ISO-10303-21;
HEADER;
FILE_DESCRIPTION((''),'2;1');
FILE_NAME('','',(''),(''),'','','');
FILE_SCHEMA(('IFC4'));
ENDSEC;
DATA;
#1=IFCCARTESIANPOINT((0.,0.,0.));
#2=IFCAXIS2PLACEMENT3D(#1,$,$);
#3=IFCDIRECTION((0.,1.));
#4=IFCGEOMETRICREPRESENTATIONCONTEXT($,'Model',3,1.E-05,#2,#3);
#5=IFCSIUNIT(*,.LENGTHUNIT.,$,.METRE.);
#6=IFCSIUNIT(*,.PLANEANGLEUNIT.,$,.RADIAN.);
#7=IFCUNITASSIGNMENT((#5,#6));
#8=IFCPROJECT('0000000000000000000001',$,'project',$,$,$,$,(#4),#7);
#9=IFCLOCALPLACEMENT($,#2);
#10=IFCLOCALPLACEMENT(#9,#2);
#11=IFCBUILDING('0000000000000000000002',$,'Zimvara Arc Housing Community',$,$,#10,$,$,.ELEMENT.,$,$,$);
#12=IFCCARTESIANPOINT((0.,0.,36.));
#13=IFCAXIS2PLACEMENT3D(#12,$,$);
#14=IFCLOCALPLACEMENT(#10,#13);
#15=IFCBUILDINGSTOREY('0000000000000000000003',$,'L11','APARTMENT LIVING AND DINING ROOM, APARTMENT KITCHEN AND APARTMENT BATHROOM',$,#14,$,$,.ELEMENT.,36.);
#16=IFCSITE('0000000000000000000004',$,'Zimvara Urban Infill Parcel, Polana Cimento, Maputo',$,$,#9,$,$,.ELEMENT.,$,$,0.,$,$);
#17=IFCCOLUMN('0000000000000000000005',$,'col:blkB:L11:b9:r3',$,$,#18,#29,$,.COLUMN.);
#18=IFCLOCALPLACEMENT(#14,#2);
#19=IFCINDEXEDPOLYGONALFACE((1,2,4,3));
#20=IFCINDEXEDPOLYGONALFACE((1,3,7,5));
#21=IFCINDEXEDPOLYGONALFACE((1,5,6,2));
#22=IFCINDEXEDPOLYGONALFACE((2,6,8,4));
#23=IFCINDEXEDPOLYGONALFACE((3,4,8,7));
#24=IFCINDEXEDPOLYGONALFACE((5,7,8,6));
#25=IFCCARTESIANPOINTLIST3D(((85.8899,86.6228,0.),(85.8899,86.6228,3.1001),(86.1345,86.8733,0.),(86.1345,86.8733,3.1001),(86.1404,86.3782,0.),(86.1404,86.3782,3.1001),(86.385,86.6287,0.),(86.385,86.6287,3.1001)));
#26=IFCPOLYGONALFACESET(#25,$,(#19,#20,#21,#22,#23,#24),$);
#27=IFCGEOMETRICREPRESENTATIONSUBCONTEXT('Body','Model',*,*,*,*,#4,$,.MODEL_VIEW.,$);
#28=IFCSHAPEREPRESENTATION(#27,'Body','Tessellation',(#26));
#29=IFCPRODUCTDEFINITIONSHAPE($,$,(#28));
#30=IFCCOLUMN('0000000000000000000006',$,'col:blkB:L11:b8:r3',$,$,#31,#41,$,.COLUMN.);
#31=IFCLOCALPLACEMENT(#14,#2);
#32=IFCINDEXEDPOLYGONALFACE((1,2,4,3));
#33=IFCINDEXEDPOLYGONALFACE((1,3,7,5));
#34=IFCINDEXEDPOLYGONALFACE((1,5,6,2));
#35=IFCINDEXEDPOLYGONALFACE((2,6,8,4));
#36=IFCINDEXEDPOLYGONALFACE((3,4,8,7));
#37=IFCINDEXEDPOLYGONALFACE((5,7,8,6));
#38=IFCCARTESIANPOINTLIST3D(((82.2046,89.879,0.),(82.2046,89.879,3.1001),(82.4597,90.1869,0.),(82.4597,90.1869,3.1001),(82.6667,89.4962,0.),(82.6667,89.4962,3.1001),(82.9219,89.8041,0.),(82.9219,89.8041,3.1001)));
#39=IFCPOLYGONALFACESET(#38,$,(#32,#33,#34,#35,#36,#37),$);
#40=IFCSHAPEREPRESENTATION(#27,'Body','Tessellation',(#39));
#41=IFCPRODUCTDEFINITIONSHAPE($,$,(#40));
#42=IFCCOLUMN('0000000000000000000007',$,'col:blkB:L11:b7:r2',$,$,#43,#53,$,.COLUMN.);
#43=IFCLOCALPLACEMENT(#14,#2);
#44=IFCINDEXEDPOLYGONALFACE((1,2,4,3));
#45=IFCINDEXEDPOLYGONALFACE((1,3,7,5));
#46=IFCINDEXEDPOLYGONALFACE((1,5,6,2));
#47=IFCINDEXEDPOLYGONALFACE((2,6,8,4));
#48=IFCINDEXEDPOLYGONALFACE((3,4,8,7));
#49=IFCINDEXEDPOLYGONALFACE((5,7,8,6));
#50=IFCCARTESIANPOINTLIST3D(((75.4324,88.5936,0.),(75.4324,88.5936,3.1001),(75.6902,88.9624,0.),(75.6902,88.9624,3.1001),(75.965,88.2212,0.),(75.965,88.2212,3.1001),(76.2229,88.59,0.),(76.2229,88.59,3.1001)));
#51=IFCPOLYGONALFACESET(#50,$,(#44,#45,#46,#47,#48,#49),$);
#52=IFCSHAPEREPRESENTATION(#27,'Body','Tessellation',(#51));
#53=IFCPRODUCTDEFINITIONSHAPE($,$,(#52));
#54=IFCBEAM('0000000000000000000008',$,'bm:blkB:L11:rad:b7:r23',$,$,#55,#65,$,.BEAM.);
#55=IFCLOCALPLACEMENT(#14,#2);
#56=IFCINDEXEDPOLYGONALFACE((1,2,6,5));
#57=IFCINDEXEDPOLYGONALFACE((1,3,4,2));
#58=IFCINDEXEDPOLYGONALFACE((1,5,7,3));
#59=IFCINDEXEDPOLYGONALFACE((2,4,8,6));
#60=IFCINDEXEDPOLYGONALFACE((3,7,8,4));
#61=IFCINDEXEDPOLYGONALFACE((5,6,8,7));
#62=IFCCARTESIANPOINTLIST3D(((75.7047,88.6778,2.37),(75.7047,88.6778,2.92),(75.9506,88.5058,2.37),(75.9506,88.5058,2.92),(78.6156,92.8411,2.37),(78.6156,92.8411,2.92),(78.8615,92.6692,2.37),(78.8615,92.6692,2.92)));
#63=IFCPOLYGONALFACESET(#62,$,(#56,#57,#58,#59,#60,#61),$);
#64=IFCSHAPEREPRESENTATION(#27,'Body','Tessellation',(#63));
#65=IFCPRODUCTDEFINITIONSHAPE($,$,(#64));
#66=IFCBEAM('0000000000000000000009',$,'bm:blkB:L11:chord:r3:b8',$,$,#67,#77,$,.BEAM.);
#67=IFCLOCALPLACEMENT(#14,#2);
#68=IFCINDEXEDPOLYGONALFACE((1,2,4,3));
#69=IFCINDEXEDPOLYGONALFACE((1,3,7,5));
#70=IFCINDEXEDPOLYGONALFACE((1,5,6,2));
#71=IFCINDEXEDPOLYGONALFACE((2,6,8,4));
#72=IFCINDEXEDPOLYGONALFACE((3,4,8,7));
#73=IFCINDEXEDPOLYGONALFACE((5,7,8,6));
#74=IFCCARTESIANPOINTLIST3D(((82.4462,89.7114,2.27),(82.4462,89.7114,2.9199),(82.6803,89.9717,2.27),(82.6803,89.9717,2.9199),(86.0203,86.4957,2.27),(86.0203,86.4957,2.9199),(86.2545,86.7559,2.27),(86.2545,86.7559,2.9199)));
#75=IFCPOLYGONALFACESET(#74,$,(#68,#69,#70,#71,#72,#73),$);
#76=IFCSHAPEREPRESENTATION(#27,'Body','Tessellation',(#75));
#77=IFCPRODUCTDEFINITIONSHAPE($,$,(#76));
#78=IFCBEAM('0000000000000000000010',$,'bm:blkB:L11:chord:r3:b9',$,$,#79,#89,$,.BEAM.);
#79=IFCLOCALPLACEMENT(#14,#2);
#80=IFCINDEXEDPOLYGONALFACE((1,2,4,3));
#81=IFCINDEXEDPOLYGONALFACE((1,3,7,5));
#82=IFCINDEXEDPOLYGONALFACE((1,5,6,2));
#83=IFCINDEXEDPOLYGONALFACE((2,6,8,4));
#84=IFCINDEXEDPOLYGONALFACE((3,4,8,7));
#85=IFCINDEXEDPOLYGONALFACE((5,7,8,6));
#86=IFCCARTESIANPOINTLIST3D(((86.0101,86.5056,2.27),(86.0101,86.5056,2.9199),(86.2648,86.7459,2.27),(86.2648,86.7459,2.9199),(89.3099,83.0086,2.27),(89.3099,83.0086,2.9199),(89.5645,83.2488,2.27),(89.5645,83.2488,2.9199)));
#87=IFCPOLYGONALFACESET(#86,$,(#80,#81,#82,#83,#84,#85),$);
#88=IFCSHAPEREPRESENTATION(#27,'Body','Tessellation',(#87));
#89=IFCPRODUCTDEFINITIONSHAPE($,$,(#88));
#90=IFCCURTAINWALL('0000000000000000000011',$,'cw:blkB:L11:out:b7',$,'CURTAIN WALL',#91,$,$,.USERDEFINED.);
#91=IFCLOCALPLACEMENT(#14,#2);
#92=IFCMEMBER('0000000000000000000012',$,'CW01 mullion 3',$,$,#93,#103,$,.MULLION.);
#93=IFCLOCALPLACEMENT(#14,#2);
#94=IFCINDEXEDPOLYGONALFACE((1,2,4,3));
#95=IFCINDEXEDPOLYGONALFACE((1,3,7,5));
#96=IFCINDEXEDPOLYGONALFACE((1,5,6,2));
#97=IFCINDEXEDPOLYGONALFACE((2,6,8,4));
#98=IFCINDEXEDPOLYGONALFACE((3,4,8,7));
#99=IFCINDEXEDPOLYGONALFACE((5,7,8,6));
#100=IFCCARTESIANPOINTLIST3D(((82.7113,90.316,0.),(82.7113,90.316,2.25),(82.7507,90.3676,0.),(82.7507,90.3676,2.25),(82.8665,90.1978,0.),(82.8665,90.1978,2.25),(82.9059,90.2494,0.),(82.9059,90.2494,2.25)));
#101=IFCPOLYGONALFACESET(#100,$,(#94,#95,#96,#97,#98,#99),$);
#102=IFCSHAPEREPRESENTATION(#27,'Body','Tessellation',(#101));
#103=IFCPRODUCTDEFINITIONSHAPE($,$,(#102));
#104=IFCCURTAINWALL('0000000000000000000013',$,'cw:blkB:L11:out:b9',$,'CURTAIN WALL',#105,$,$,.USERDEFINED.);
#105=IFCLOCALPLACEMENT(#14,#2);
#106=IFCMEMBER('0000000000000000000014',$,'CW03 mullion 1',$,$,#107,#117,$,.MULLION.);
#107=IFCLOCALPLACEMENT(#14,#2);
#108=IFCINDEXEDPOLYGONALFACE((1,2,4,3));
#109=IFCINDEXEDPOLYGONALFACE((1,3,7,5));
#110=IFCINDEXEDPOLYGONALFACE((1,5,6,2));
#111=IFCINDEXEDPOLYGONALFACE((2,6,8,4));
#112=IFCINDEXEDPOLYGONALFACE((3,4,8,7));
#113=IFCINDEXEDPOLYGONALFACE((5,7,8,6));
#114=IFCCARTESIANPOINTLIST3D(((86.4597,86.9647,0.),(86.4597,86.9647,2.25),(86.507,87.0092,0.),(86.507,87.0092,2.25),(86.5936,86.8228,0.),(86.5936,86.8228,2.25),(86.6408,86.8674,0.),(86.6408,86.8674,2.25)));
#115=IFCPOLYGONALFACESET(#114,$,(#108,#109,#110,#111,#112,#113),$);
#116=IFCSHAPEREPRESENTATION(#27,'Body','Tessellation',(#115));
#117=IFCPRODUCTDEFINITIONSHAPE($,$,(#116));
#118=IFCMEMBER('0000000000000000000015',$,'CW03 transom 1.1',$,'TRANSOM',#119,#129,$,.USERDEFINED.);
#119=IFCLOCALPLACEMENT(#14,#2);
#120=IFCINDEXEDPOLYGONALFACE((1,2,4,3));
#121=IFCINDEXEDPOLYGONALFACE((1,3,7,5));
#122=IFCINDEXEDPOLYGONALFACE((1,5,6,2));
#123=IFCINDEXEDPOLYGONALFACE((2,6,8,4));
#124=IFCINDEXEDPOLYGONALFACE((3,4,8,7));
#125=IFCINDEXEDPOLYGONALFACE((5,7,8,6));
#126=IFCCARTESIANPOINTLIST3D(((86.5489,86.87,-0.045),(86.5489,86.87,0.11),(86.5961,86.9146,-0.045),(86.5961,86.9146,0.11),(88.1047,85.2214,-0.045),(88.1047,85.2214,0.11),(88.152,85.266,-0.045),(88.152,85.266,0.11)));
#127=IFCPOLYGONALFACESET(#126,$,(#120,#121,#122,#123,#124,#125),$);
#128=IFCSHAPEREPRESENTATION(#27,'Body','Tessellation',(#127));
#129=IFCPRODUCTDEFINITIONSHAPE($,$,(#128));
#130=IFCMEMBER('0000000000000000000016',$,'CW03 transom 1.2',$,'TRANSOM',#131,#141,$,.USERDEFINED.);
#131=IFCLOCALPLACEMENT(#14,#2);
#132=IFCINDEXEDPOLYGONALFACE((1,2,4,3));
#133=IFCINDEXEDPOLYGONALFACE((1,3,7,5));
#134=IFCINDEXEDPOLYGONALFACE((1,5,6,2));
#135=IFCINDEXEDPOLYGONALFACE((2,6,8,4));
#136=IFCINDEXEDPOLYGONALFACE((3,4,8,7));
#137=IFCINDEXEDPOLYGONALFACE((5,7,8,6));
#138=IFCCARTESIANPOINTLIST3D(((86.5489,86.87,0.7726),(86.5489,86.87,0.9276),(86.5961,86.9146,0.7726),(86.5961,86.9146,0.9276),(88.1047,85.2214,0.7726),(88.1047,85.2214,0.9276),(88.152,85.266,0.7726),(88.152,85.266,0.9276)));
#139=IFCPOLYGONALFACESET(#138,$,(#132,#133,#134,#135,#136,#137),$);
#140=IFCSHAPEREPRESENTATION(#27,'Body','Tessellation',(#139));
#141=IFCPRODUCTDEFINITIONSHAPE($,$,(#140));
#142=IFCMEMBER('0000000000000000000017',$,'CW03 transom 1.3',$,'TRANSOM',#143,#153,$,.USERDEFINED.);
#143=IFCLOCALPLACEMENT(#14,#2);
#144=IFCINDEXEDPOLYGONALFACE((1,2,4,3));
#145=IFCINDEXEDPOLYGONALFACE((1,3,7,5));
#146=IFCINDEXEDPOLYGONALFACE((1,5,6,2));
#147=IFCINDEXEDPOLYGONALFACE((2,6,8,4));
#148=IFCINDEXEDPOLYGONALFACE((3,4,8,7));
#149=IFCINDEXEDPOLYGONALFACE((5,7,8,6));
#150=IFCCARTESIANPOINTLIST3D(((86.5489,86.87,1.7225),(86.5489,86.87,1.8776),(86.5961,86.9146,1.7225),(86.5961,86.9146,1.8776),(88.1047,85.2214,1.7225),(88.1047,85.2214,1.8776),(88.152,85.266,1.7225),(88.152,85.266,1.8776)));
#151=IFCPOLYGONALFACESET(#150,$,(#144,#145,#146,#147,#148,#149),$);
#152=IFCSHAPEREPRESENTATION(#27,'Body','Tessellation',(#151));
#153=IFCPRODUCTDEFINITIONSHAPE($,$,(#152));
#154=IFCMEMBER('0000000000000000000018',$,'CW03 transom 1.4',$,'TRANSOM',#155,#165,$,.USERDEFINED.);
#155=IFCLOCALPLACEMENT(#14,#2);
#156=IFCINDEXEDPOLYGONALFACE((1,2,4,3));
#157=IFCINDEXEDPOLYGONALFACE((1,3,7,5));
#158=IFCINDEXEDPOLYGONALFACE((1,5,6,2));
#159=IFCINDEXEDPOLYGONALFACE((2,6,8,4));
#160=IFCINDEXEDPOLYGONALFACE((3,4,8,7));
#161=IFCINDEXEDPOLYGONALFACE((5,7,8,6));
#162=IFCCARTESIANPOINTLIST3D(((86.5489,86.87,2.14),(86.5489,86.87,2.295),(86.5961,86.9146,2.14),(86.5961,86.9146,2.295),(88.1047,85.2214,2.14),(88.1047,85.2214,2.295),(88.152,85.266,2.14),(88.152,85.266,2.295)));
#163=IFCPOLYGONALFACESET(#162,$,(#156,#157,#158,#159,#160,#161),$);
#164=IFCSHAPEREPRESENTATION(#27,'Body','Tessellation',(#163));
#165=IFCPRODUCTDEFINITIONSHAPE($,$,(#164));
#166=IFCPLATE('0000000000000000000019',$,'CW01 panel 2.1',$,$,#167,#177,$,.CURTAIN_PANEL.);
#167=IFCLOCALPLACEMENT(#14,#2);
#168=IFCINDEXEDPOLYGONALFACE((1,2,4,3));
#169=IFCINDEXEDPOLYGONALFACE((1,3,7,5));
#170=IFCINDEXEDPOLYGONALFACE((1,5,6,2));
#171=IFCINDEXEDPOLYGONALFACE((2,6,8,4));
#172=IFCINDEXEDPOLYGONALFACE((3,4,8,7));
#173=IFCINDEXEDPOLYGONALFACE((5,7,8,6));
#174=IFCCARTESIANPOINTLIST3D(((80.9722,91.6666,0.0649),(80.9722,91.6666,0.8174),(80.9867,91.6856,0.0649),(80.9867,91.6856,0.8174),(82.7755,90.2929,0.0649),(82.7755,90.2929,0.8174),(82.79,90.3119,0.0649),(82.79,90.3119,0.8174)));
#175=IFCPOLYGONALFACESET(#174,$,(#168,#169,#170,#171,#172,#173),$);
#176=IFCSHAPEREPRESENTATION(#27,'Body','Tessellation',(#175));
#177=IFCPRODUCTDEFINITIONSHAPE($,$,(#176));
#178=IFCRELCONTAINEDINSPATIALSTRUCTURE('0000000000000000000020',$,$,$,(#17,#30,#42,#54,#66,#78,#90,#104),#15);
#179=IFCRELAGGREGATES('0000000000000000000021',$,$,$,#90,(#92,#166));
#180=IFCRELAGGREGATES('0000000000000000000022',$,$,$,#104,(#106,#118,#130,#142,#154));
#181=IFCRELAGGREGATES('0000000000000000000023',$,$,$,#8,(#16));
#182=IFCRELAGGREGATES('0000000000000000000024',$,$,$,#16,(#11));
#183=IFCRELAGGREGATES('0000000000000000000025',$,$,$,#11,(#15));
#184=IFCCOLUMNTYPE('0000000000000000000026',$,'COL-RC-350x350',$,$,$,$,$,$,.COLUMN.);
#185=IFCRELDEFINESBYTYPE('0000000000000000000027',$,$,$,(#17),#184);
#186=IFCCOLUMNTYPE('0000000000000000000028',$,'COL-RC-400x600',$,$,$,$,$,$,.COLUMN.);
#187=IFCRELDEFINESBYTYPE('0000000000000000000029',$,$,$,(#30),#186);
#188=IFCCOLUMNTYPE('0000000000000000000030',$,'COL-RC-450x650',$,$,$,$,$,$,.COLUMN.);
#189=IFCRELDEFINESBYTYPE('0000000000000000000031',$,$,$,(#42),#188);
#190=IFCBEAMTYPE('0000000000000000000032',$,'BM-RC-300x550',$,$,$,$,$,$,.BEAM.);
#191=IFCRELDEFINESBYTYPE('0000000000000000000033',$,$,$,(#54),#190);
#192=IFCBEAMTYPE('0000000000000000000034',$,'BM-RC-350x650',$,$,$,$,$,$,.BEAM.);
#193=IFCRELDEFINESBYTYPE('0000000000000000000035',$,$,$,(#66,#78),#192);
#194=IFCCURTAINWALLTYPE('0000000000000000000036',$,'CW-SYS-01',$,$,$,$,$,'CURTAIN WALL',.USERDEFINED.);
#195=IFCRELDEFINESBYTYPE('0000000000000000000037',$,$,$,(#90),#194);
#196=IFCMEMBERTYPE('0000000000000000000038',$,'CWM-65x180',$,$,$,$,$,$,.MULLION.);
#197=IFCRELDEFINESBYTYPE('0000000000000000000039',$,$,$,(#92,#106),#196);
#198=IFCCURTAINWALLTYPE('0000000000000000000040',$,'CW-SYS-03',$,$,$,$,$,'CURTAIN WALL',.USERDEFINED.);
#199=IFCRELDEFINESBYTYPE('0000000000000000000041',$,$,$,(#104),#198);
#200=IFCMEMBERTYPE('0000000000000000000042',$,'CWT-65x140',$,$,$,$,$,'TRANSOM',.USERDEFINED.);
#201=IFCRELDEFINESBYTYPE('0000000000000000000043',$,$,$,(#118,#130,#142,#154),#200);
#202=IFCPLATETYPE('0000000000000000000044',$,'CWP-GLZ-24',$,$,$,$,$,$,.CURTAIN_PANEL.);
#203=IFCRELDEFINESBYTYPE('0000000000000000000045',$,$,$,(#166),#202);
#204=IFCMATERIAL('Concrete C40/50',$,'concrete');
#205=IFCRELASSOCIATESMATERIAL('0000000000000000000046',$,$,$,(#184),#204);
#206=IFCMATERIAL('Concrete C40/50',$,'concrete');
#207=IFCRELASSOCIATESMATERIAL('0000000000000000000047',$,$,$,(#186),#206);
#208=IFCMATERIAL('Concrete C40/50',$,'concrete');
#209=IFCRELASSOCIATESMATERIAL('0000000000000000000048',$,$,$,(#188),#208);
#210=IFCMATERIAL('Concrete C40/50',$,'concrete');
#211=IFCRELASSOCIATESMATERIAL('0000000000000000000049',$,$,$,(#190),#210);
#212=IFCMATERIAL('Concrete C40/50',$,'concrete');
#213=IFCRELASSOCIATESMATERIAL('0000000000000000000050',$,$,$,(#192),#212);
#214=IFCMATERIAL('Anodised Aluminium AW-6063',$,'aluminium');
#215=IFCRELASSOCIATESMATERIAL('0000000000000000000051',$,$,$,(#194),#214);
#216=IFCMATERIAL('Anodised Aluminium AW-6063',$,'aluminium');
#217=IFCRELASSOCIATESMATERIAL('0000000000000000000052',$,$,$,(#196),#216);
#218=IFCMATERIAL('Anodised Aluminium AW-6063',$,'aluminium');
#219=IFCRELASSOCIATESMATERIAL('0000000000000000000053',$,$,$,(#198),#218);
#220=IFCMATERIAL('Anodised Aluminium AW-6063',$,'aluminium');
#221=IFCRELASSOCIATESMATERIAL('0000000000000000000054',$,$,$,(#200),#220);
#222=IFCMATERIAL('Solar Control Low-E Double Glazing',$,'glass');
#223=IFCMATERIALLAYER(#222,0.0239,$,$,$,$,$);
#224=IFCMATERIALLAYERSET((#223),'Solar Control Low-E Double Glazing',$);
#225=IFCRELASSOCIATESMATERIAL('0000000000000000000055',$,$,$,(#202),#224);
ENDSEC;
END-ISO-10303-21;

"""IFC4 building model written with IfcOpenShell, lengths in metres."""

from ifc_helpers import new_model, si_unit, direction, frame, origin, origin_2d, place, context, subcontext, project, spatial, rectangle, extrude, material, layer, layer_set, material_profile, profile_set, type_object, element, aggregate, save


model = new_model("IFC4")

# Units and contexts
model_context = context("Model", 3, precision=1e-05, world=origin(), true_north=direction((0.0, 1.0)))
body_context = subcontext(model_context, "Body", "Model", "MODEL_VIEW")
ifc_project = project(units=[si_unit("LENGTHUNIT", "METRE"), si_unit("PLANEANGLEUNIT", "RADIAN")], contexts=[model_context])

# Site, building, storey
site_placement = place(None, origin())
site = spatial("IfcSite", under=ifc_project, at=site_placement, Name="Zimvara Urban Infill Parcel, Polana Cimento, Maputo", CompositionType="ELEMENT", RefElevation=0.0)
building_placement = place(site_placement, origin())
building = spatial("IfcBuilding", under=site, at=building_placement, Name="Zimvara Arc Housing Community", CompositionType="ELEMENT")
storey_placement = place(building_placement, frame((0.0, 0.0, 36.0)))
storey = spatial("IfcBuildingStorey", under=building, at=storey_placement, Name="L11", Description="APARTMENT LIVING AND DINING ROOM, APARTMENT KITCHEN AND APARTMENT BATHROOM", CompositionType="ELEMENT", Elevation=36.0)

# Columns
ifc_material_1 = material(Name="Concrete C40/50", Category="concrete")
ifc_material_profile_1 = material_profile(ifc_material_1, rectangle(XDim=0.3501, YDim=0.3501, at=origin_2d()), Name="RC 350x350")
ifc_profile_set_1 = profile_set([ifc_material_profile_1], Name="Concrete C40/50")
column_type_1 = type_object("IfcColumnType", Name="COL-RC-350x350", PredefinedType="COLUMN", material=ifc_profile_set_1)
column_1_placement = place(storey_placement, frame((86.1375, 86.6257, 0.0), z_axis=(0.0, 0.0, 1.0), x_axis=(0.698665, 0.715449, 0.0)))
element("IfcColumn", 1, at=column_1_placement, inside=storey, type_object=column_type_1, Name="col:blkB:L11:b9:r3", PredefinedType="COLUMN", context=body_context, shape_type="SweptSolid", body=[
    extrude(rectangle(XDim=0.3501, YDim=0.3501, at=origin_2d()), origin(), (0.0, 0.0, 1.0), 3.1001),
])
ifc_material_2 = material(Name="Concrete C40/50", Category="concrete")
ifc_material_profile_2 = material_profile(ifc_material_2, rectangle(XDim=0.3999, YDim=0.6001, at=origin_2d()), Name="RC 400x600")
ifc_profile_set_2 = profile_set([ifc_material_profile_2], Name="Concrete C40/50")
column_type_2 = type_object("IfcColumnType", Name="COL-RC-400x600", PredefinedType="COLUMN", material=ifc_profile_set_2)
column_2_placement = place(storey_placement, frame((82.5632, 89.8416, 0.0), z_axis=(0.0, 0.0, 1.0), x_axis=(0.637962, 0.770068, 0.0)))
element("IfcColumn", 2, at=column_2_placement, inside=storey, type_object=column_type_2, Name="col:blkB:L11:b8:r3", PredefinedType="COLUMN", context=body_context, shape_type="SweptSolid", body=[
    extrude(rectangle(XDim=0.3999, YDim=0.6001, at=origin_2d()), origin(), (0.0, 0.0, 1.0), 3.1001),
])
ifc_material_3 = material(Name="Concrete C40/50", Category="concrete")
ifc_material_profile_3 = material_profile(ifc_material_3, rectangle(XDim=0.45, YDim=0.6499, at=origin_2d()), Name="RC 450x650")
ifc_profile_set_3 = profile_set([ifc_material_profile_3], Name="Concrete C40/50")
column_type_3 = type_object("IfcColumnType", Name="COL-RC-450x650", PredefinedType="COLUMN", material=ifc_profile_set_3)
column_3_placement = place(storey_placement, frame((75.8276, 88.5918, 0.0), z_axis=(0.0, 0.0, 1.0), x_axis=(0.573004, 0.819552, 0.0)))
element("IfcColumn", 3, at=column_3_placement, inside=storey, type_object=column_type_3, Name="col:blkB:L11:b7:r2", PredefinedType="COLUMN", context=body_context, shape_type="SweptSolid", body=[
    extrude(rectangle(XDim=0.45, YDim=0.6499, at=origin_2d()), origin(), (0.0, 0.0, 1.0), 3.1001),
])

# Beams
ifc_material_4 = material(Name="Concrete C40/50", Category="concrete")
ifc_material_profile_4 = material_profile(ifc_material_4, rectangle(XDim=0.3, YDim=0.55, at=origin_2d()), Name="RC 300x550")
ifc_profile_set_4 = profile_set([ifc_material_profile_4], Name="Concrete C40/50")
beam_type_1 = type_object("IfcBeamType", Name="BM-RC-300x550", PredefinedType="BEAM", material=ifc_profile_set_4)
beam_1_placement = place(storey_placement, frame((75.8276, 88.5918, 2.645), z_axis=(0.573007, 0.81955, 0.0), x_axis=(-0.81955, 0.573007, 0.0)))
element("IfcBeam", 4, at=beam_1_placement, inside=storey, type_object=beam_type_1, Name="bm:blkB:L11:rad:b7:r23", PredefinedType="BEAM", context=body_context, shape_type="SweptSolid", body=[
    extrude(rectangle(XDim=0.3, YDim=0.55, at=origin_2d()), origin(), (0.0, 0.0, 1.0), 5.0801),
])
ifc_material_5 = material(Name="Concrete C40/50", Category="concrete")
ifc_material_profile_5 = material_profile(ifc_material_5, rectangle(XDim=0.3501, YDim=0.6499, at=origin_2d()), Name="RC 350x650")
ifc_profile_set_5 = profile_set([ifc_material_profile_5], Name="Concrete C40/50")
beam_type_2 = type_object("IfcBeamType", Name="BM-RC-350x650", PredefinedType="BEAM", material=ifc_profile_set_5)
beam_2_placement = place(storey_placement, frame((82.5632, 89.8416, 2.595), z_axis=(0.743395, -0.668853, 0.0), x_axis=(0.668853, 0.743395, 0.0)))
element("IfcBeam", 5, at=beam_2_placement, inside=storey, type_object=beam_type_2, Name="bm:blkB:L11:chord:r3:b8", PredefinedType="BEAM", context=body_context, shape_type="SweptSolid", body=[
    extrude(rectangle(XDim=0.3501, YDim=0.6499, at=origin_2d()), origin(), (0.0, 0.0, 1.0), 4.8079),
])
beam_3_placement = place(storey_placement, frame((86.1375, 86.6257, 2.595), z_axis=(0.686295, -0.727323, 0.0), x_axis=(0.727323, 0.686295, 0.0)))
element("IfcBeam", 6, at=beam_3_placement, inside=storey, type_object=beam_type_2, Name="bm:blkB:L11:chord:r3:b9", PredefinedType="BEAM", context=body_context, shape_type="SweptSolid", body=[
    extrude(rectangle(XDim=0.3501, YDim=0.6499, at=origin_2d()), origin(), (0.0, 0.0, 1.0), 4.8081),
])

# Curtain wall, member
ifc_material_6 = material(Name="Anodised Aluminium AW-6063", Category="aluminium")
curtain_wall_type_1 = type_object("IfcCurtainWallType", Name="CW-SYS-01", ElementType="CURTAIN WALL", PredefinedType="USERDEFINED", material=ifc_material_6)
curtain_wall_1_placement = place(storey_placement, origin())
curtain_wall_1 = element("IfcCurtainWall", 7, at=curtain_wall_1_placement, inside=storey, type_object=curtain_wall_type_1, Name="cw:blkB:L11:out:b7", ObjectType="CURTAIN WALL", PredefinedType="USERDEFINED")
ifc_material_7 = material(Name="Anodised Aluminium AW-6063", Category="aluminium")
ifc_material_profile_6 = material_profile(ifc_material_7, rectangle(XDim=0.0649, YDim=0.1951, at=origin_2d()), Name="ALU 65x195")
ifc_profile_set_6 = profile_set([ifc_material_profile_6], Name="Anodised Aluminium AW-6063")
member_type_1 = type_object("IfcMemberType", Name="CWM-65x180", PredefinedType="MULLION", material=ifc_profile_set_6)
member_1_placement = place(storey_placement, frame((82.8086, 90.2827, 0.0), z_axis=(0.0, 0.0, 1.0), x_axis=(0.605988, 0.795474, 0.0)))
member_1 = element("IfcMember", 8, at=member_1_placement, type_object=member_type_1, Name="CW01 mullion 3", PredefinedType="MULLION", context=body_context, shape_type="SweptSolid", body=[
    extrude(rectangle(XDim=0.0649, YDim=0.1951, at=origin_2d()), origin(), (0.0, 0.0, 1.0), 2.25),
])

# Curtain wall, members
ifc_material_8 = material(Name="Anodised Aluminium AW-6063", Category="aluminium")
curtain_wall_type_2 = type_object("IfcCurtainWallType", Name="CW-SYS-03", ElementType="CURTAIN WALL", PredefinedType="USERDEFINED", material=ifc_material_8)
curtain_wall_2_placement = place(storey_placement, origin())
curtain_wall_2 = element("IfcCurtainWall", 9, at=curtain_wall_2_placement, inside=storey, type_object=curtain_wall_type_2, Name="cw:blkB:L11:out:b9", ObjectType="CURTAIN WALL", PredefinedType="USERDEFINED")
member_2_placement = place(storey_placement, frame((86.5503, 86.916, 0.0), z_axis=(0.0, 0.0, 1.0), x_axis=(0.727294, 0.686326, 0.0)))
member_2 = element("IfcMember", 10, at=member_2_placement, type_object=member_type_1, Name="CW03 mullion 1", PredefinedType="MULLION", context=body_context, shape_type="SweptSolid", body=[
    extrude(rectangle(XDim=0.0649, YDim=0.1951, at=origin_2d()), origin(), (0.0, 0.0, 1.0), 2.25),
])
ifc_material_9 = material(Name="Anodised Aluminium AW-6063", Category="aluminium")
ifc_material_profile_7 = material_profile(ifc_material_9, rectangle(XDim=0.0649, YDim=0.155, at=origin_2d()), Name="ALU 65x155")
ifc_profile_set_7 = profile_set([ifc_material_profile_7], Name="Anodised Aluminium AW-6063")
member_type_2 = type_object("IfcMemberType", Name="CWT-65x140", ElementType="TRANSOM", PredefinedType="USERDEFINED", material=ifc_profile_set_7)
member_3_placement = place(storey_placement, frame((86.5725, 86.8923, 0.0325), z_axis=(0.686348, -0.727273, 0.0), x_axis=(0.727273, 0.686348, 0.0)))
member_3 = element("IfcMember", 11, at=member_3_placement, type_object=member_type_2, Name="CW03 transom 1.1", ObjectType="TRANSOM", PredefinedType="USERDEFINED", context=body_context, shape_type="SweptSolid", body=[
    extrude(rectangle(XDim=0.0649, YDim=0.155, at=origin_2d()), origin(), (0.0, 0.0, 1.0), 2.2668),
])
member_4_placement = place(storey_placement, frame((86.5725, 86.8923, 0.8501), z_axis=(0.686348, -0.727273, 0.0), x_axis=(0.727273, 0.686348, 0.0)))
member_4 = element("IfcMember", 12, at=member_4_placement, type_object=member_type_2, Name="CW03 transom 1.2", ObjectType="TRANSOM", PredefinedType="USERDEFINED", context=body_context, shape_type="SweptSolid", body=[
    extrude(rectangle(XDim=0.0649, YDim=0.155, at=origin_2d()), origin(), (0.0, 0.0, 1.0), 2.2668),
])
member_5_placement = place(storey_placement, frame((86.5725, 86.8923, 1.8), z_axis=(0.686348, -0.727273, 0.0), x_axis=(0.727273, 0.686348, 0.0)))
member_5 = element("IfcMember", 13, at=member_5_placement, type_object=member_type_2, Name="CW03 transom 1.3", ObjectType="TRANSOM", PredefinedType="USERDEFINED", context=body_context, shape_type="SweptSolid", body=[
    extrude(rectangle(XDim=0.0649, YDim=0.155, at=origin_2d()), origin(), (0.0, 0.0, 1.0), 2.2668),
])
member_6_placement = place(storey_placement, frame((86.5725, 86.8923, 2.2175), z_axis=(0.686348, -0.727273, 0.0), x_axis=(0.727273, 0.686348, 0.0)))
member_6 = element("IfcMember", 14, at=member_6_placement, type_object=member_type_2, Name="CW03 transom 1.4", ObjectType="TRANSOM", PredefinedType="USERDEFINED", context=body_context, shape_type="SweptSolid", body=[
    extrude(rectangle(XDim=0.0649, YDim=0.155, at=origin_2d()), origin(), (0.0, 0.0, 1.0), 2.2668),
])

# Plate
ifc_material_10 = material(Name="Solar Control Low-E Double Glazing", Category="glass")
ifc_layer_1 = layer(ifc_material_10, 0.0239)
ifc_layer_set_1 = layer_set([ifc_layer_1], Name="Solar Control Low-E Double Glazing")
plate_type_1 = type_object("IfcPlateType", Name="CWP-GLZ-24", PredefinedType="CURTAIN_PANEL", material=ifc_layer_set_1)
plate_1_placement = place(storey_placement, frame((81.8811, 90.9893, 0.0649), z_axis=(0.0, 0.0, 1.0), x_axis=(0.795474, -0.605988, 0.0)))
plate_1 = element("IfcPlate", 15, at=plate_1_placement, type_object=plate_type_1, Name="CW01 panel 2.1", PredefinedType="CURTAIN_PANEL", context=body_context, shape_type="SweptSolid", body=[
    extrude(rectangle(XDim=2.2668, YDim=0.0239, at=origin_2d()), origin(), (0.0, 0.0, 1.0), 0.7524),
])
aggregate(curtain_wall_1, [member_1, plate_1])
aggregate(curtain_wall_2, [member_2, member_3, member_4, member_5, member_6])

save(model, "model.ifc")
